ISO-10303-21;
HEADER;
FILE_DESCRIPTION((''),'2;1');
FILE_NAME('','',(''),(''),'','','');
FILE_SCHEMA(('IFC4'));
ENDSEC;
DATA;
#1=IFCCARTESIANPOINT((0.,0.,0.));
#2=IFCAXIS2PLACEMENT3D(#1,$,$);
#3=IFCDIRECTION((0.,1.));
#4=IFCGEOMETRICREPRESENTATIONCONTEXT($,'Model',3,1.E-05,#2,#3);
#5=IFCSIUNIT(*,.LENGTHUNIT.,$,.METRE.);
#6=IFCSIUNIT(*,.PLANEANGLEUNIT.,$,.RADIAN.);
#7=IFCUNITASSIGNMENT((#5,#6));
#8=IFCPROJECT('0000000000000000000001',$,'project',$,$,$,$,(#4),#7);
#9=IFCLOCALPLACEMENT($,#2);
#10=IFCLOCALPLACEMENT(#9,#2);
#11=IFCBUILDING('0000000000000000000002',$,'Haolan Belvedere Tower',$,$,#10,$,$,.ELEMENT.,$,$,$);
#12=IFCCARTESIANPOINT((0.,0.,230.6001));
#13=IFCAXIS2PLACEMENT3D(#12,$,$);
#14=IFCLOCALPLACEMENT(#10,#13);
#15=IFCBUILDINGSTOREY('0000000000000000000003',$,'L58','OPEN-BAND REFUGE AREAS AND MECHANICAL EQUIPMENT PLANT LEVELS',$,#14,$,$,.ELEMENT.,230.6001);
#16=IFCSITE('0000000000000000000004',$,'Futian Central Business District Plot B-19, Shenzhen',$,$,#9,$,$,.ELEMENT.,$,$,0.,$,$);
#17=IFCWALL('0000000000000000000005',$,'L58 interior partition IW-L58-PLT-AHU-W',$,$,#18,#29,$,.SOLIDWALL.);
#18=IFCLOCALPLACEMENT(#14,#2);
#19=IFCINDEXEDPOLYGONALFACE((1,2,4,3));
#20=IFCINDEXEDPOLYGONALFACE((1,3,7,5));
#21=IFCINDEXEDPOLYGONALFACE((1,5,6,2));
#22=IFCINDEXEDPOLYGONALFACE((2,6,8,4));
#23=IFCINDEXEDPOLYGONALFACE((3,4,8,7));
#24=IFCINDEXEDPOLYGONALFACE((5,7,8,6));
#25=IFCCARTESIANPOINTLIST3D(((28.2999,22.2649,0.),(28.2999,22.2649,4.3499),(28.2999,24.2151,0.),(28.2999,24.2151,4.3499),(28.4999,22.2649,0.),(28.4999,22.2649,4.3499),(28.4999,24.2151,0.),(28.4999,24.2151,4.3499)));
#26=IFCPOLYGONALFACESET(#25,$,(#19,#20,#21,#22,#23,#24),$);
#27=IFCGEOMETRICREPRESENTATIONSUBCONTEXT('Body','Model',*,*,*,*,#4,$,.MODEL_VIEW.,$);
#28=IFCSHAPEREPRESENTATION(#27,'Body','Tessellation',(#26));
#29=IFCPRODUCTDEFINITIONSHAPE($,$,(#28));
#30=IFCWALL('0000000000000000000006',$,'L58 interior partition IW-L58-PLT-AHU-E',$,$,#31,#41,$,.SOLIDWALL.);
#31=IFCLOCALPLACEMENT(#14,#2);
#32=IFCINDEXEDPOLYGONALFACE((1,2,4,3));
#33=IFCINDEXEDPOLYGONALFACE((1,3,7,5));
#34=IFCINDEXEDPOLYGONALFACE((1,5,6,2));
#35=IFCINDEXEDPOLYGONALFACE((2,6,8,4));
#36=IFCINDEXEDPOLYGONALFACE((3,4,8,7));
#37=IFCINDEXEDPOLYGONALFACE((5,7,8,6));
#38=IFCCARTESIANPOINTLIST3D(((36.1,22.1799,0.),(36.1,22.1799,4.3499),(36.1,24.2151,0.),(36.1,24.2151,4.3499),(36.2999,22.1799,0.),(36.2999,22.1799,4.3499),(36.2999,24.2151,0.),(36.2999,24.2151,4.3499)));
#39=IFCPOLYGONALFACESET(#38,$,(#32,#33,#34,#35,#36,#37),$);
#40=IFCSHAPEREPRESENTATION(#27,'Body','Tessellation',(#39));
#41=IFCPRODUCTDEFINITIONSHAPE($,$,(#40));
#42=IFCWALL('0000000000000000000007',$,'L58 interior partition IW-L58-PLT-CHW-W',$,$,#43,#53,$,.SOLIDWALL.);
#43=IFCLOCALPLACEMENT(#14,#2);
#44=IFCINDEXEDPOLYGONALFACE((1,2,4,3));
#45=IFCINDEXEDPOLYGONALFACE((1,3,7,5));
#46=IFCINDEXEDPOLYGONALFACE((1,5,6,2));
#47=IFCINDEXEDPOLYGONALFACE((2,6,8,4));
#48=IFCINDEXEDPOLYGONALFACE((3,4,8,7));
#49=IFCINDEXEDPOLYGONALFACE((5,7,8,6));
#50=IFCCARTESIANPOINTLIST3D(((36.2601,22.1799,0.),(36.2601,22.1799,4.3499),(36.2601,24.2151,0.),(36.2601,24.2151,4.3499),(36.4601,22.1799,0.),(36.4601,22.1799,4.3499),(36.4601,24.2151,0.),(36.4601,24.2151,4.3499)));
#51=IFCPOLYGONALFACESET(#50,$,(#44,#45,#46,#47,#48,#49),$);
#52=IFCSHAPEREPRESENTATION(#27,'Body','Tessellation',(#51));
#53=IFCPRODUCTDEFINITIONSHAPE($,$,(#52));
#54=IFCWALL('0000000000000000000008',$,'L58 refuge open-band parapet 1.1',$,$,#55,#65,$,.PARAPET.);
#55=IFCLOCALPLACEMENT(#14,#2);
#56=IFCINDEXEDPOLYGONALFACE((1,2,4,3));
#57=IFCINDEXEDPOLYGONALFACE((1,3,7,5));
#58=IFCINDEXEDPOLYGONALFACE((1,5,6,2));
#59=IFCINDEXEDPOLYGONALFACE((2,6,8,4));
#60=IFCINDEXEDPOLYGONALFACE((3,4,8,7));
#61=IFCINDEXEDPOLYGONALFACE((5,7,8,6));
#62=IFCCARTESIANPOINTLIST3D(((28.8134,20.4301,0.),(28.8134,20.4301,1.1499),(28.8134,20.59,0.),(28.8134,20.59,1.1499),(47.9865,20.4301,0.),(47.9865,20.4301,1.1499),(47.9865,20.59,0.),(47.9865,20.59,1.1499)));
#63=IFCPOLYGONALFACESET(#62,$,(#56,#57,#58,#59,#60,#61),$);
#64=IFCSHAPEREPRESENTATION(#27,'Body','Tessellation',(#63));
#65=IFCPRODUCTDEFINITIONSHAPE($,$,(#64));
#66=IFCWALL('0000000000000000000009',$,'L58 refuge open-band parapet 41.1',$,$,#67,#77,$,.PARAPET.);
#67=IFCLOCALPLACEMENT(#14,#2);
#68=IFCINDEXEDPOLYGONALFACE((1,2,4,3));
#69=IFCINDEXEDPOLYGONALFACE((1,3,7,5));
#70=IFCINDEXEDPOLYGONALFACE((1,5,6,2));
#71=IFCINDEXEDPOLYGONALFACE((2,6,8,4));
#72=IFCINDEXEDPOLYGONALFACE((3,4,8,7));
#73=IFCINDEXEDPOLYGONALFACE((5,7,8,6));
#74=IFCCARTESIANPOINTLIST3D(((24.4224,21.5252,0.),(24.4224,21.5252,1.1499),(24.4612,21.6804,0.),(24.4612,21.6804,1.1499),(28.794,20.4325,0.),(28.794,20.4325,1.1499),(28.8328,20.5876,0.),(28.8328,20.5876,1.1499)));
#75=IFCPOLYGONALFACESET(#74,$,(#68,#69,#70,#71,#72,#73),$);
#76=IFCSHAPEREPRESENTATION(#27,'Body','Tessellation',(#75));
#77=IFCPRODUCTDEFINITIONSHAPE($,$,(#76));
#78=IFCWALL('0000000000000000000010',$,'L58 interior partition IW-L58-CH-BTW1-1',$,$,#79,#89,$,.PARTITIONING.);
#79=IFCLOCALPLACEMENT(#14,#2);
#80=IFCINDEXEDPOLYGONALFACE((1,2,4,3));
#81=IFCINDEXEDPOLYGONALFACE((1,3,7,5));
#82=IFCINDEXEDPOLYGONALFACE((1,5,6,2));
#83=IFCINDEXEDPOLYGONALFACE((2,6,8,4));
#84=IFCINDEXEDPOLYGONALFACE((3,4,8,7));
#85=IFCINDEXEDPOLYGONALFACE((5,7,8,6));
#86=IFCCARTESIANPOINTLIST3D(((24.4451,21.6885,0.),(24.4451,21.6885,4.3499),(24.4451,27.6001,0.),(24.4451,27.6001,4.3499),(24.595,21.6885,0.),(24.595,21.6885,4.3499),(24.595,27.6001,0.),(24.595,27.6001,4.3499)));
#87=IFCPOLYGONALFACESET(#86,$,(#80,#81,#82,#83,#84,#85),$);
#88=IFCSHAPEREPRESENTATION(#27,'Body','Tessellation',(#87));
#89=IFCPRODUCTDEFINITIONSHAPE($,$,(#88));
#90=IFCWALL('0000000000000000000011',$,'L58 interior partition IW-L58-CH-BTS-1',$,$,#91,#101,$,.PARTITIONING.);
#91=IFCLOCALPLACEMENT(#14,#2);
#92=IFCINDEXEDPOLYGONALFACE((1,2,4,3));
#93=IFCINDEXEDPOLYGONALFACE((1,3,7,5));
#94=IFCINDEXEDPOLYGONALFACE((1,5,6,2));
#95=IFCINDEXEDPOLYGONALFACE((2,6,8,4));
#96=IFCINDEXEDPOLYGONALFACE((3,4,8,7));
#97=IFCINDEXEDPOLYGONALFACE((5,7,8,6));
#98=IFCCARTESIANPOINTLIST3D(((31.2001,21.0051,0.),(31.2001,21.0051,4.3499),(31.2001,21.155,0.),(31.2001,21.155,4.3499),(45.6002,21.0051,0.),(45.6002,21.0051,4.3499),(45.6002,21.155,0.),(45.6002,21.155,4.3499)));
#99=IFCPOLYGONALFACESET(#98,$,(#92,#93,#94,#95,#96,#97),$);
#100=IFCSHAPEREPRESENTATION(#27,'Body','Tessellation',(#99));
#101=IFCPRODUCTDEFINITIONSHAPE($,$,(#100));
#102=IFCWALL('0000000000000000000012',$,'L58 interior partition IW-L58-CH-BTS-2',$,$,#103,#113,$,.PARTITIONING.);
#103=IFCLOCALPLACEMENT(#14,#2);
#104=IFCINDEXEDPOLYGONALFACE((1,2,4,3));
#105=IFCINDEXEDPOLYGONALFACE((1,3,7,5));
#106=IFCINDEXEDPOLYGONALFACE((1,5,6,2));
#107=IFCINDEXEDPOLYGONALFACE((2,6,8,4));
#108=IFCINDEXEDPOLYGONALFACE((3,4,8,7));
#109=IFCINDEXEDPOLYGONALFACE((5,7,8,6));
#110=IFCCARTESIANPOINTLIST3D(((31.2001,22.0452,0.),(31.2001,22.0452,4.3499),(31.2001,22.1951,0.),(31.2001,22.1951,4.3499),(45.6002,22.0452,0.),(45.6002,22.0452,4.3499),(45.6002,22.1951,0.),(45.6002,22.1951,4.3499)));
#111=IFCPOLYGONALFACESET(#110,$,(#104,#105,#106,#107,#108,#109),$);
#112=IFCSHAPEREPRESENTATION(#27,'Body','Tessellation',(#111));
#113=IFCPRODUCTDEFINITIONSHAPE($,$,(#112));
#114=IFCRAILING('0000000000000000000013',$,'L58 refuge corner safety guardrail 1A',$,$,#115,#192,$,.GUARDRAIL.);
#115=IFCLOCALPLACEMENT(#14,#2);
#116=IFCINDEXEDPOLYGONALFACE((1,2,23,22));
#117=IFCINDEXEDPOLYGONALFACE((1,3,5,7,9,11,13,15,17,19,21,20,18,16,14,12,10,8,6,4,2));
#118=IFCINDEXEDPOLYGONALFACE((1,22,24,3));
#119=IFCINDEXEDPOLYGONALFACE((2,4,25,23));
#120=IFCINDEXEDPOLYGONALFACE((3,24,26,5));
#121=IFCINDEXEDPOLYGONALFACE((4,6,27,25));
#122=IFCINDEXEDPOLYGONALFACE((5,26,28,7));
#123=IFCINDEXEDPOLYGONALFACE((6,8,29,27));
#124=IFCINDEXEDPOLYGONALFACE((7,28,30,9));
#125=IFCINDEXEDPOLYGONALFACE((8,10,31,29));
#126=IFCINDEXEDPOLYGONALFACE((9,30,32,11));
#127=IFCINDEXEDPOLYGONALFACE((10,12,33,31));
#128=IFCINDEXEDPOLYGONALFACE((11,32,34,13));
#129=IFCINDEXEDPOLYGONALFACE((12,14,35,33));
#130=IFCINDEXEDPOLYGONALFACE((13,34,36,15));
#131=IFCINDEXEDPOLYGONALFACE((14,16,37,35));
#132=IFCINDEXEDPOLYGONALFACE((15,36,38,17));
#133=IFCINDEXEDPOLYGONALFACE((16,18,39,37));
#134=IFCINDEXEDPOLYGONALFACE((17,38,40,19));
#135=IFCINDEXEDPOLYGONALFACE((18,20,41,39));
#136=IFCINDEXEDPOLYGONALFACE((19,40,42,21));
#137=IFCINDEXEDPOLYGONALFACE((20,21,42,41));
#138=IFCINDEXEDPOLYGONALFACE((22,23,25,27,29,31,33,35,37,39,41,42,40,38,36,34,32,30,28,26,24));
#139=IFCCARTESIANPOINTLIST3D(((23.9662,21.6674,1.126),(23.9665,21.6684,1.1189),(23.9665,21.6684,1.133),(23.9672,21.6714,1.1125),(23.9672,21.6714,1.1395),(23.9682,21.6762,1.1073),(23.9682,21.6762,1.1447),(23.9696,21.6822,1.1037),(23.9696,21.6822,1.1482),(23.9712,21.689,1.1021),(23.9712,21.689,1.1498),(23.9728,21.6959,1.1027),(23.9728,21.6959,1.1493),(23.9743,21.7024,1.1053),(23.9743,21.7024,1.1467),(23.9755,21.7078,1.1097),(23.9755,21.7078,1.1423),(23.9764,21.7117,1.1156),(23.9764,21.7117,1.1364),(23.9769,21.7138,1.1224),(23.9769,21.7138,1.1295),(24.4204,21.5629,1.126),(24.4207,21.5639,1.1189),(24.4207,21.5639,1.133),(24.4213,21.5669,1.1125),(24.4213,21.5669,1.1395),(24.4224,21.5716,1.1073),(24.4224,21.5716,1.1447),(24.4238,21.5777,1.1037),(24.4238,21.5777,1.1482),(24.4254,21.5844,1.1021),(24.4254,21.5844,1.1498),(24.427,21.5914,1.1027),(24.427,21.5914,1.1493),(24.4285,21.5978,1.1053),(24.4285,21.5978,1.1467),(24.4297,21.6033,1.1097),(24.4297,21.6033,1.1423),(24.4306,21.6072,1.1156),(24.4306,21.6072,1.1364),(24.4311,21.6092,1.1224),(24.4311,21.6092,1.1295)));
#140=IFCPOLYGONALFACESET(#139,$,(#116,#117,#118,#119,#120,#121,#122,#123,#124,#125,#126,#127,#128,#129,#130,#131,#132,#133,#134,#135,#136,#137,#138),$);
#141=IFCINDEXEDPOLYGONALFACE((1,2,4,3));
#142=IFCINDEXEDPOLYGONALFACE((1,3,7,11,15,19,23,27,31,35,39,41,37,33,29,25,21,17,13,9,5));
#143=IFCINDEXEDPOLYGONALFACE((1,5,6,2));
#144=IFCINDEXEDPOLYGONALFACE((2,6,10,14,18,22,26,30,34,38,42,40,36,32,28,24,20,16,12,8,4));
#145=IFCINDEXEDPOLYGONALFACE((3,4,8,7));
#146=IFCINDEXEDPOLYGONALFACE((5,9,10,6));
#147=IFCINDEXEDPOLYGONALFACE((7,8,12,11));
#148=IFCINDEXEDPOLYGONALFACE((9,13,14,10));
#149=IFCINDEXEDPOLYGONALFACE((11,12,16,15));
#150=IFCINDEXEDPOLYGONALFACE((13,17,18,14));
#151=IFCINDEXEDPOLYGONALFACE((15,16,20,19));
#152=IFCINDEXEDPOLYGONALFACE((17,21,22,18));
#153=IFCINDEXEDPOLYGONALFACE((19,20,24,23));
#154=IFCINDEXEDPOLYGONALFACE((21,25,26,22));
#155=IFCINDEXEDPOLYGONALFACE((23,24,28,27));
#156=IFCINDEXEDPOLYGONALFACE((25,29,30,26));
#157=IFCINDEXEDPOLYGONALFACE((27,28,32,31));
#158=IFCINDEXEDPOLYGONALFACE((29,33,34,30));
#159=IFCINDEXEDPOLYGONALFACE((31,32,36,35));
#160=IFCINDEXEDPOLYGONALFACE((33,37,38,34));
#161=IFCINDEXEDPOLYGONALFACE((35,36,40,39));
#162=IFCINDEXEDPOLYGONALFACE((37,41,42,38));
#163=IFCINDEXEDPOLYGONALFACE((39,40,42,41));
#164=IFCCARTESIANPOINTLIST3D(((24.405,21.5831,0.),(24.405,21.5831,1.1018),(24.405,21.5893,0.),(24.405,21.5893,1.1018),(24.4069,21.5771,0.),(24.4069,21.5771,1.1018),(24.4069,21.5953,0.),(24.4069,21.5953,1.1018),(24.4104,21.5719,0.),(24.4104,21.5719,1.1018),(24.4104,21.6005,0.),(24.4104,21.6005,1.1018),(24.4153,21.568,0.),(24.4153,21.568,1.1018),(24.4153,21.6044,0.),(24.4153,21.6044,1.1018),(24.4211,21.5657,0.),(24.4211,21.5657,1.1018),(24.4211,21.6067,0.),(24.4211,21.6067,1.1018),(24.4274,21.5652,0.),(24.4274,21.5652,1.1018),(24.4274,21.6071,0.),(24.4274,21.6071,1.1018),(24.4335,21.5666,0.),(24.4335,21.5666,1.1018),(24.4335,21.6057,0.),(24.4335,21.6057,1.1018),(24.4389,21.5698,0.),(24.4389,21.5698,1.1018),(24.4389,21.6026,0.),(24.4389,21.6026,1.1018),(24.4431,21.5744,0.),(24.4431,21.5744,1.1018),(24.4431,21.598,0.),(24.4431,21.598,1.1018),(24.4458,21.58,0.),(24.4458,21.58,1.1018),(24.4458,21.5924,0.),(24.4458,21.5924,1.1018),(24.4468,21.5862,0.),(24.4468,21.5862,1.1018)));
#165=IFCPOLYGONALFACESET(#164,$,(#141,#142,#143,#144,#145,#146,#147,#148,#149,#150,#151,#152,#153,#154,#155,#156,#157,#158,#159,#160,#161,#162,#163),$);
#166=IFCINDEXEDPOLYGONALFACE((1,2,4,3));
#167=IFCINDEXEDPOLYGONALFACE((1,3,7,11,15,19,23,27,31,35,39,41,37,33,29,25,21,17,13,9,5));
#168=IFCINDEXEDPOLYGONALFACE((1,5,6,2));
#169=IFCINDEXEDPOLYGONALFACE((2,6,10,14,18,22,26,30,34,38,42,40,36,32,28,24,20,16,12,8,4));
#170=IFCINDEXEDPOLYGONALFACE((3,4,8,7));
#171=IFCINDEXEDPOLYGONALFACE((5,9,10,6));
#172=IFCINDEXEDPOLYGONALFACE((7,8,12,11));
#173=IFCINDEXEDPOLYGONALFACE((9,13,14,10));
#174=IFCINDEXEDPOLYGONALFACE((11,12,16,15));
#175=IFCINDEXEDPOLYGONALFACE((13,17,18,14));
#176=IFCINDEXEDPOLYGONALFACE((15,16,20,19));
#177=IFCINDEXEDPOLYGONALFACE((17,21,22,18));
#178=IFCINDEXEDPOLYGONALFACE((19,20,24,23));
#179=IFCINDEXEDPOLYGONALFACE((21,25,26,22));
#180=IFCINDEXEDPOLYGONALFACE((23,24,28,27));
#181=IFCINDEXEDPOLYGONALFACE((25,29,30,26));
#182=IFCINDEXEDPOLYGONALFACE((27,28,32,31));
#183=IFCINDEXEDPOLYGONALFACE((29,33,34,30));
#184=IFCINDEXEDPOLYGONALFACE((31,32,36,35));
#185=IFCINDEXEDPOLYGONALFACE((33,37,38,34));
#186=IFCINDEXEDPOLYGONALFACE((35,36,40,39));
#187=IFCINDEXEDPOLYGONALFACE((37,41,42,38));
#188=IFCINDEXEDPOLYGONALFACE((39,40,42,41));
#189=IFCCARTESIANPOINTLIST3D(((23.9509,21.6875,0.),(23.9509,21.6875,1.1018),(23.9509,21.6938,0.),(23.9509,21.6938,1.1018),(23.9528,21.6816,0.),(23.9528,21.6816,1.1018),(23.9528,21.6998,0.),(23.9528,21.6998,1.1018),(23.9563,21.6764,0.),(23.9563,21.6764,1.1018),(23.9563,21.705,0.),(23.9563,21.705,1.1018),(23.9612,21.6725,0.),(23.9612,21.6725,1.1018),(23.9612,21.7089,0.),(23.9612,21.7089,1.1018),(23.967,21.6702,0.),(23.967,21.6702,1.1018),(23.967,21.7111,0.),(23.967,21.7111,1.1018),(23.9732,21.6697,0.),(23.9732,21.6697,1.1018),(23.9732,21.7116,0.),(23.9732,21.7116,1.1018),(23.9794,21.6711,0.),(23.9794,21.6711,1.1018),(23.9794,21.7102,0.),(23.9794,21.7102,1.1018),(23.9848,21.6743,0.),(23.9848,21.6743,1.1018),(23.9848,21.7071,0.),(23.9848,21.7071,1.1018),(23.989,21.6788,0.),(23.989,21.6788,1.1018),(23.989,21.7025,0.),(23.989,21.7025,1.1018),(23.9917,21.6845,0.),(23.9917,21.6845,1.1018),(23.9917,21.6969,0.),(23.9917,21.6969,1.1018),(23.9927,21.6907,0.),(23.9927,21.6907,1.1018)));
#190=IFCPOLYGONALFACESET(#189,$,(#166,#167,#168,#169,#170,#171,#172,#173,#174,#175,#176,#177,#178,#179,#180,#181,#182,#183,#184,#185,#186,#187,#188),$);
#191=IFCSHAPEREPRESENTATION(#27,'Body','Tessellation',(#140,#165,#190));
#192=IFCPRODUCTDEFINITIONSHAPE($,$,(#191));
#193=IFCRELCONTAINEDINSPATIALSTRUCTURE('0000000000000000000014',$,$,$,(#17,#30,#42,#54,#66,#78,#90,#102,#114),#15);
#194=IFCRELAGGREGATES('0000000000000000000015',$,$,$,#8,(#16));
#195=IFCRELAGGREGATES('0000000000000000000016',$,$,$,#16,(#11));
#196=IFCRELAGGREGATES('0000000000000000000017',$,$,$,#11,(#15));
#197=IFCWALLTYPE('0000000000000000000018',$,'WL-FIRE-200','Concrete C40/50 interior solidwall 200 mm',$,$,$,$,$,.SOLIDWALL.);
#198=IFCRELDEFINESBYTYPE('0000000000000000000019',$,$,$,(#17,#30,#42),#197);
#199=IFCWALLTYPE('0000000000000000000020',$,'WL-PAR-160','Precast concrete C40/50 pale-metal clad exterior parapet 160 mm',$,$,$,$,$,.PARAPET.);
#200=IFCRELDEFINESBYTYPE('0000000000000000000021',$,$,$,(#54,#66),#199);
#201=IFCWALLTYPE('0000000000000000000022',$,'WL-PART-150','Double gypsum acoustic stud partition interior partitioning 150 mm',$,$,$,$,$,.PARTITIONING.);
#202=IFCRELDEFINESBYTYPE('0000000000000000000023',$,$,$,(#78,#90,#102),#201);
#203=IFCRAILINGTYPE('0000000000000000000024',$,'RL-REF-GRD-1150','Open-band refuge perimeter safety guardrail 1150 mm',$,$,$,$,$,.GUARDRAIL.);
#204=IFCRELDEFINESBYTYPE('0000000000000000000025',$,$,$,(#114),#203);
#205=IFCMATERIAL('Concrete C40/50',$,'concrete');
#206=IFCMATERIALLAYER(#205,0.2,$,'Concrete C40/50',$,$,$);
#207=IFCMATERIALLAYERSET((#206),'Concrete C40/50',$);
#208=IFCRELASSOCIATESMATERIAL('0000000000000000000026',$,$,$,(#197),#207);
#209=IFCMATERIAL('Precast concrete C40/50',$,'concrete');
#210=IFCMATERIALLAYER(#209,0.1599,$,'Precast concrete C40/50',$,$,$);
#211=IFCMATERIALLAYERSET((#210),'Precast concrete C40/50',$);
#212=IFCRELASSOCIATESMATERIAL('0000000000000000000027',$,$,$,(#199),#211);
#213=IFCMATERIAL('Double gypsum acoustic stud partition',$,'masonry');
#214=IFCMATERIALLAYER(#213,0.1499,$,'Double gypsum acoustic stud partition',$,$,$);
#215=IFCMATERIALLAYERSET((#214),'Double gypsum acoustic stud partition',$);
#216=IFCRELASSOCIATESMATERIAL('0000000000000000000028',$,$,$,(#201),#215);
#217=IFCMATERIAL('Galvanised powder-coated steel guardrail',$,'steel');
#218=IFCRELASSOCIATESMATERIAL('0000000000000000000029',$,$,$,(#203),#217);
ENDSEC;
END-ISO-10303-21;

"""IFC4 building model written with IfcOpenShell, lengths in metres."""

from ifc_helpers import new_model, si_unit, direction, frame, frame_2d, origin, origin_2d, place, context, subcontext, project, spatial, rectangle, circle, extrude, material, layer, layer_set, type_object, element, save


model = new_model("IFC4")

# Units and contexts
model_context = context("Model", 3, precision=1e-05, world=origin(), true_north=direction((0.0, 1.0)))
body_context = subcontext(model_context, "Body", "Model", "MODEL_VIEW")
ifc_project = project(units=[si_unit("LENGTHUNIT", "METRE"), si_unit("PLANEANGLEUNIT", "RADIAN")], contexts=[model_context])

# Site, building, storey
site_placement = place(None, origin())
site = spatial("IfcSite", under=ifc_project, at=site_placement, Name="Futian Central Business District Plot B-19, Shenzhen", CompositionType="ELEMENT", RefElevation=0.0)
building_placement = place(site_placement, origin())
building = spatial("IfcBuilding", under=site, at=building_placement, Name="Haolan Belvedere Tower", CompositionType="ELEMENT")
storey_placement = place(building_placement, frame((0.0, 0.0, 230.6001)))
storey = spatial("IfcBuildingStorey", under=building, at=storey_placement, Name="L58", Description="OPEN-BAND REFUGE AREAS AND MECHANICAL EQUIPMENT PLANT LEVELS", CompositionType="ELEMENT", Elevation=230.6001)

# Shared definitions
ifc_material_1 = material(Name="Concrete C40/50", Category="concrete")
ifc_layer_1 = layer(ifc_material_1, 0.2, Name="Concrete C40/50")
ifc_layer_set_1 = layer_set([ifc_layer_1], Name="Concrete C40/50")
wall_type_1 = type_object("IfcWallType", Name="WL-FIRE-200", Description="Concrete C40/50 interior solidwall 200 mm", PredefinedType="SOLIDWALL", material=ifc_layer_set_1)

# Walls
wall_1_placement = place(storey_placement, frame((28.3999, 22.2649, 0.0), z_axis=(0.0, 0.0, 1.0), x_axis=(0.0, 1.0, 0.0)))
element("IfcWall", 1, at=wall_1_placement, inside=storey, type_object=wall_type_1, Name="L58 interior partition IW-L58-PLT-AHU-W", PredefinedType="SOLIDWALL", context=body_context, shape_type="SweptSolid", body=[
    extrude(rectangle(XDim=1.9502, YDim=0.2, at=frame_2d((0.9751, 0.0))), origin(), (0.0, 0.0, 1.0), 4.3499),
])
for number, where, z_axis, x_axis, name in (
    (2, (36.2, 22.1799, 0.0), (0.0, 0.0, 1.0), (0.0, 1.0, 0.0), "L58 interior partition IW-L58-PLT-AHU-E"),
    (3, (36.3601, 22.1799, 0.0), (0.0, 0.0, 1.0), (0.0, 1.0, 0.0), "L58 interior partition IW-L58-PLT-CHW-W"),
):
    element("IfcWall", number, at=place(storey_placement, frame(where, z_axis=z_axis, x_axis=x_axis)), inside=storey, type_object=wall_type_1, Name=name, PredefinedType="SOLIDWALL", context=body_context, shape_type="SweptSolid", body=[
        extrude(rectangle(XDim=2.0352, YDim=0.2, at=frame_2d((1.0176, 0.0))), origin(), (0.0, 0.0, 1.0), 4.3499),
    ])
ifc_material_2 = material(Name="Precast concrete C40/50", Category="concrete")
ifc_layer_2 = layer(ifc_material_2, 0.1599, Name="Precast concrete C40/50")
ifc_layer_set_2 = layer_set([ifc_layer_2], Name="Precast concrete C40/50")
wall_type_2 = type_object("IfcWallType", Name="WL-PAR-160", Description="Precast concrete C40/50 pale-metal clad exterior parapet 160 mm", PredefinedType="PARAPET", material=ifc_layer_set_2)
wall_2_placement = place(storey_placement, frame((28.8135, 20.51, 0.0), z_axis=(0.0, 0.0, 1.0), x_axis=(1.0, 0.0, 0.0)))
element("IfcWall", 4, at=wall_2_placement, inside=storey, type_object=wall_type_2, Name="L58 refuge open-band parapet 1.1", PredefinedType="PARAPET", context=body_context, shape_type="SweptSolid", body=[
    extrude(rectangle(XDim=19.1731, YDim=0.1599, at=frame_2d((9.5864, 0.0))), origin(), (0.0, 0.0, 1.0), 1.1499),
])
wall_3_placement = place(storey_placement, frame((24.4419, 21.6028, 0.0), z_axis=(0.0, 0.0, 1.0), x_axis=(0.970149, -0.24251, 0.0)))
element("IfcWall", 5, at=wall_3_placement, inside=storey, type_object=wall_type_2, Name="L58 refuge open-band parapet 41.1", PredefinedType="PARAPET", context=body_context, shape_type="SweptSolid", body=[
    extrude(rectangle(XDim=4.5061, YDim=0.1599, at=frame_2d((2.2529, 0.0))), origin(), (0.0, 0.0, 1.0), 1.1499),
])
ifc_material_3 = material(Name="Double gypsum acoustic stud partition", Category="masonry")
ifc_layer_3 = layer(ifc_material_3, 0.1499, Name="Double gypsum acoustic stud partition")
ifc_layer_set_3 = layer_set([ifc_layer_3], Name="Double gypsum acoustic stud partition")
wall_type_3 = type_object("IfcWallType", Name="WL-PART-150", Description="Double gypsum acoustic stud partition interior partitioning 150 mm", PredefinedType="PARTITIONING", material=ifc_layer_set_3)
wall_4_placement = place(storey_placement, frame((24.52, 21.6885, 0.0), z_axis=(0.0, 0.0, 1.0), x_axis=(0.0, 1.0, 0.0)))
element("IfcWall", 6, at=wall_4_placement, inside=storey, type_object=wall_type_3, Name="L58 interior partition IW-L58-CH-BTW1-1", PredefinedType="PARTITIONING", context=body_context, shape_type="SweptSolid", body=[
    extrude(rectangle(XDim=5.9116, YDim=0.1499, at=frame_2d((2.9558, 0.0))), origin(), (0.0, 0.0, 1.0), 4.3499),
])
for number, where, z_axis, x_axis, name in (
    (7, (31.2, 21.0801, 0.0), (0.0, 0.0, 1.0), (1.0, 0.0, 0.0), "L58 interior partition IW-L58-CH-BTS-1"),
    (8, (31.2, 22.1201, 0.0), (0.0, 0.0, 1.0), (1.0, 0.0, 0.0), "L58 interior partition IW-L58-CH-BTS-2"),
):
    element("IfcWall", number, at=place(storey_placement, frame(where, z_axis=z_axis, x_axis=x_axis)), inside=storey, type_object=wall_type_3, Name=name, PredefinedType="PARTITIONING", context=body_context, shape_type="SweptSolid", body=[
        extrude(rectangle(XDim=14.4001, YDim=0.1499, at=frame_2d((7.2002, 0.0))), origin(), (0.0, 0.0, 1.0), 4.3499),
    ])

# Railing
ifc_material_4 = material(Name="Galvanised powder-coated steel guardrail", Category="steel")
railing_type = type_object("IfcRailingType", Name="RL-REF-GRD-1150", Description="Open-band refuge perimeter safety guardrail 1150 mm", PredefinedType="GUARDRAIL", material=ifc_material_4)
railing_placement = place(storey_placement, frame((24.4258, 21.5862, 0.0)))
element("IfcRailing", 9, at=railing_placement, inside=storey, type_object=railing_type, Name="L58 refuge corner safety guardrail 1A", PredefinedType="GUARDRAIL", context=body_context, shape_type="SweptSolid", body=[
    extrude(circle(Radius=0.0239, at=origin_2d()), frame((0.0, 0.0, 1.126), z_axis=(-0.974532, 0.224247, 0.0), x_axis=(-0.224247, -0.974532, 0.0)), (0.0, 0.0, 1.0), 0.4661),
    extrude(circle(Radius=0.021, at=origin_2d()), origin(), (0.0, 0.0, 1.0), 1.1018),
    extrude(circle(Radius=0.021, at=origin_2d()), frame((-0.4541, 0.1045, 0.0)), (0.0, 0.0, 1.0), 1.1018),
])

save(model, "model.ifc")
